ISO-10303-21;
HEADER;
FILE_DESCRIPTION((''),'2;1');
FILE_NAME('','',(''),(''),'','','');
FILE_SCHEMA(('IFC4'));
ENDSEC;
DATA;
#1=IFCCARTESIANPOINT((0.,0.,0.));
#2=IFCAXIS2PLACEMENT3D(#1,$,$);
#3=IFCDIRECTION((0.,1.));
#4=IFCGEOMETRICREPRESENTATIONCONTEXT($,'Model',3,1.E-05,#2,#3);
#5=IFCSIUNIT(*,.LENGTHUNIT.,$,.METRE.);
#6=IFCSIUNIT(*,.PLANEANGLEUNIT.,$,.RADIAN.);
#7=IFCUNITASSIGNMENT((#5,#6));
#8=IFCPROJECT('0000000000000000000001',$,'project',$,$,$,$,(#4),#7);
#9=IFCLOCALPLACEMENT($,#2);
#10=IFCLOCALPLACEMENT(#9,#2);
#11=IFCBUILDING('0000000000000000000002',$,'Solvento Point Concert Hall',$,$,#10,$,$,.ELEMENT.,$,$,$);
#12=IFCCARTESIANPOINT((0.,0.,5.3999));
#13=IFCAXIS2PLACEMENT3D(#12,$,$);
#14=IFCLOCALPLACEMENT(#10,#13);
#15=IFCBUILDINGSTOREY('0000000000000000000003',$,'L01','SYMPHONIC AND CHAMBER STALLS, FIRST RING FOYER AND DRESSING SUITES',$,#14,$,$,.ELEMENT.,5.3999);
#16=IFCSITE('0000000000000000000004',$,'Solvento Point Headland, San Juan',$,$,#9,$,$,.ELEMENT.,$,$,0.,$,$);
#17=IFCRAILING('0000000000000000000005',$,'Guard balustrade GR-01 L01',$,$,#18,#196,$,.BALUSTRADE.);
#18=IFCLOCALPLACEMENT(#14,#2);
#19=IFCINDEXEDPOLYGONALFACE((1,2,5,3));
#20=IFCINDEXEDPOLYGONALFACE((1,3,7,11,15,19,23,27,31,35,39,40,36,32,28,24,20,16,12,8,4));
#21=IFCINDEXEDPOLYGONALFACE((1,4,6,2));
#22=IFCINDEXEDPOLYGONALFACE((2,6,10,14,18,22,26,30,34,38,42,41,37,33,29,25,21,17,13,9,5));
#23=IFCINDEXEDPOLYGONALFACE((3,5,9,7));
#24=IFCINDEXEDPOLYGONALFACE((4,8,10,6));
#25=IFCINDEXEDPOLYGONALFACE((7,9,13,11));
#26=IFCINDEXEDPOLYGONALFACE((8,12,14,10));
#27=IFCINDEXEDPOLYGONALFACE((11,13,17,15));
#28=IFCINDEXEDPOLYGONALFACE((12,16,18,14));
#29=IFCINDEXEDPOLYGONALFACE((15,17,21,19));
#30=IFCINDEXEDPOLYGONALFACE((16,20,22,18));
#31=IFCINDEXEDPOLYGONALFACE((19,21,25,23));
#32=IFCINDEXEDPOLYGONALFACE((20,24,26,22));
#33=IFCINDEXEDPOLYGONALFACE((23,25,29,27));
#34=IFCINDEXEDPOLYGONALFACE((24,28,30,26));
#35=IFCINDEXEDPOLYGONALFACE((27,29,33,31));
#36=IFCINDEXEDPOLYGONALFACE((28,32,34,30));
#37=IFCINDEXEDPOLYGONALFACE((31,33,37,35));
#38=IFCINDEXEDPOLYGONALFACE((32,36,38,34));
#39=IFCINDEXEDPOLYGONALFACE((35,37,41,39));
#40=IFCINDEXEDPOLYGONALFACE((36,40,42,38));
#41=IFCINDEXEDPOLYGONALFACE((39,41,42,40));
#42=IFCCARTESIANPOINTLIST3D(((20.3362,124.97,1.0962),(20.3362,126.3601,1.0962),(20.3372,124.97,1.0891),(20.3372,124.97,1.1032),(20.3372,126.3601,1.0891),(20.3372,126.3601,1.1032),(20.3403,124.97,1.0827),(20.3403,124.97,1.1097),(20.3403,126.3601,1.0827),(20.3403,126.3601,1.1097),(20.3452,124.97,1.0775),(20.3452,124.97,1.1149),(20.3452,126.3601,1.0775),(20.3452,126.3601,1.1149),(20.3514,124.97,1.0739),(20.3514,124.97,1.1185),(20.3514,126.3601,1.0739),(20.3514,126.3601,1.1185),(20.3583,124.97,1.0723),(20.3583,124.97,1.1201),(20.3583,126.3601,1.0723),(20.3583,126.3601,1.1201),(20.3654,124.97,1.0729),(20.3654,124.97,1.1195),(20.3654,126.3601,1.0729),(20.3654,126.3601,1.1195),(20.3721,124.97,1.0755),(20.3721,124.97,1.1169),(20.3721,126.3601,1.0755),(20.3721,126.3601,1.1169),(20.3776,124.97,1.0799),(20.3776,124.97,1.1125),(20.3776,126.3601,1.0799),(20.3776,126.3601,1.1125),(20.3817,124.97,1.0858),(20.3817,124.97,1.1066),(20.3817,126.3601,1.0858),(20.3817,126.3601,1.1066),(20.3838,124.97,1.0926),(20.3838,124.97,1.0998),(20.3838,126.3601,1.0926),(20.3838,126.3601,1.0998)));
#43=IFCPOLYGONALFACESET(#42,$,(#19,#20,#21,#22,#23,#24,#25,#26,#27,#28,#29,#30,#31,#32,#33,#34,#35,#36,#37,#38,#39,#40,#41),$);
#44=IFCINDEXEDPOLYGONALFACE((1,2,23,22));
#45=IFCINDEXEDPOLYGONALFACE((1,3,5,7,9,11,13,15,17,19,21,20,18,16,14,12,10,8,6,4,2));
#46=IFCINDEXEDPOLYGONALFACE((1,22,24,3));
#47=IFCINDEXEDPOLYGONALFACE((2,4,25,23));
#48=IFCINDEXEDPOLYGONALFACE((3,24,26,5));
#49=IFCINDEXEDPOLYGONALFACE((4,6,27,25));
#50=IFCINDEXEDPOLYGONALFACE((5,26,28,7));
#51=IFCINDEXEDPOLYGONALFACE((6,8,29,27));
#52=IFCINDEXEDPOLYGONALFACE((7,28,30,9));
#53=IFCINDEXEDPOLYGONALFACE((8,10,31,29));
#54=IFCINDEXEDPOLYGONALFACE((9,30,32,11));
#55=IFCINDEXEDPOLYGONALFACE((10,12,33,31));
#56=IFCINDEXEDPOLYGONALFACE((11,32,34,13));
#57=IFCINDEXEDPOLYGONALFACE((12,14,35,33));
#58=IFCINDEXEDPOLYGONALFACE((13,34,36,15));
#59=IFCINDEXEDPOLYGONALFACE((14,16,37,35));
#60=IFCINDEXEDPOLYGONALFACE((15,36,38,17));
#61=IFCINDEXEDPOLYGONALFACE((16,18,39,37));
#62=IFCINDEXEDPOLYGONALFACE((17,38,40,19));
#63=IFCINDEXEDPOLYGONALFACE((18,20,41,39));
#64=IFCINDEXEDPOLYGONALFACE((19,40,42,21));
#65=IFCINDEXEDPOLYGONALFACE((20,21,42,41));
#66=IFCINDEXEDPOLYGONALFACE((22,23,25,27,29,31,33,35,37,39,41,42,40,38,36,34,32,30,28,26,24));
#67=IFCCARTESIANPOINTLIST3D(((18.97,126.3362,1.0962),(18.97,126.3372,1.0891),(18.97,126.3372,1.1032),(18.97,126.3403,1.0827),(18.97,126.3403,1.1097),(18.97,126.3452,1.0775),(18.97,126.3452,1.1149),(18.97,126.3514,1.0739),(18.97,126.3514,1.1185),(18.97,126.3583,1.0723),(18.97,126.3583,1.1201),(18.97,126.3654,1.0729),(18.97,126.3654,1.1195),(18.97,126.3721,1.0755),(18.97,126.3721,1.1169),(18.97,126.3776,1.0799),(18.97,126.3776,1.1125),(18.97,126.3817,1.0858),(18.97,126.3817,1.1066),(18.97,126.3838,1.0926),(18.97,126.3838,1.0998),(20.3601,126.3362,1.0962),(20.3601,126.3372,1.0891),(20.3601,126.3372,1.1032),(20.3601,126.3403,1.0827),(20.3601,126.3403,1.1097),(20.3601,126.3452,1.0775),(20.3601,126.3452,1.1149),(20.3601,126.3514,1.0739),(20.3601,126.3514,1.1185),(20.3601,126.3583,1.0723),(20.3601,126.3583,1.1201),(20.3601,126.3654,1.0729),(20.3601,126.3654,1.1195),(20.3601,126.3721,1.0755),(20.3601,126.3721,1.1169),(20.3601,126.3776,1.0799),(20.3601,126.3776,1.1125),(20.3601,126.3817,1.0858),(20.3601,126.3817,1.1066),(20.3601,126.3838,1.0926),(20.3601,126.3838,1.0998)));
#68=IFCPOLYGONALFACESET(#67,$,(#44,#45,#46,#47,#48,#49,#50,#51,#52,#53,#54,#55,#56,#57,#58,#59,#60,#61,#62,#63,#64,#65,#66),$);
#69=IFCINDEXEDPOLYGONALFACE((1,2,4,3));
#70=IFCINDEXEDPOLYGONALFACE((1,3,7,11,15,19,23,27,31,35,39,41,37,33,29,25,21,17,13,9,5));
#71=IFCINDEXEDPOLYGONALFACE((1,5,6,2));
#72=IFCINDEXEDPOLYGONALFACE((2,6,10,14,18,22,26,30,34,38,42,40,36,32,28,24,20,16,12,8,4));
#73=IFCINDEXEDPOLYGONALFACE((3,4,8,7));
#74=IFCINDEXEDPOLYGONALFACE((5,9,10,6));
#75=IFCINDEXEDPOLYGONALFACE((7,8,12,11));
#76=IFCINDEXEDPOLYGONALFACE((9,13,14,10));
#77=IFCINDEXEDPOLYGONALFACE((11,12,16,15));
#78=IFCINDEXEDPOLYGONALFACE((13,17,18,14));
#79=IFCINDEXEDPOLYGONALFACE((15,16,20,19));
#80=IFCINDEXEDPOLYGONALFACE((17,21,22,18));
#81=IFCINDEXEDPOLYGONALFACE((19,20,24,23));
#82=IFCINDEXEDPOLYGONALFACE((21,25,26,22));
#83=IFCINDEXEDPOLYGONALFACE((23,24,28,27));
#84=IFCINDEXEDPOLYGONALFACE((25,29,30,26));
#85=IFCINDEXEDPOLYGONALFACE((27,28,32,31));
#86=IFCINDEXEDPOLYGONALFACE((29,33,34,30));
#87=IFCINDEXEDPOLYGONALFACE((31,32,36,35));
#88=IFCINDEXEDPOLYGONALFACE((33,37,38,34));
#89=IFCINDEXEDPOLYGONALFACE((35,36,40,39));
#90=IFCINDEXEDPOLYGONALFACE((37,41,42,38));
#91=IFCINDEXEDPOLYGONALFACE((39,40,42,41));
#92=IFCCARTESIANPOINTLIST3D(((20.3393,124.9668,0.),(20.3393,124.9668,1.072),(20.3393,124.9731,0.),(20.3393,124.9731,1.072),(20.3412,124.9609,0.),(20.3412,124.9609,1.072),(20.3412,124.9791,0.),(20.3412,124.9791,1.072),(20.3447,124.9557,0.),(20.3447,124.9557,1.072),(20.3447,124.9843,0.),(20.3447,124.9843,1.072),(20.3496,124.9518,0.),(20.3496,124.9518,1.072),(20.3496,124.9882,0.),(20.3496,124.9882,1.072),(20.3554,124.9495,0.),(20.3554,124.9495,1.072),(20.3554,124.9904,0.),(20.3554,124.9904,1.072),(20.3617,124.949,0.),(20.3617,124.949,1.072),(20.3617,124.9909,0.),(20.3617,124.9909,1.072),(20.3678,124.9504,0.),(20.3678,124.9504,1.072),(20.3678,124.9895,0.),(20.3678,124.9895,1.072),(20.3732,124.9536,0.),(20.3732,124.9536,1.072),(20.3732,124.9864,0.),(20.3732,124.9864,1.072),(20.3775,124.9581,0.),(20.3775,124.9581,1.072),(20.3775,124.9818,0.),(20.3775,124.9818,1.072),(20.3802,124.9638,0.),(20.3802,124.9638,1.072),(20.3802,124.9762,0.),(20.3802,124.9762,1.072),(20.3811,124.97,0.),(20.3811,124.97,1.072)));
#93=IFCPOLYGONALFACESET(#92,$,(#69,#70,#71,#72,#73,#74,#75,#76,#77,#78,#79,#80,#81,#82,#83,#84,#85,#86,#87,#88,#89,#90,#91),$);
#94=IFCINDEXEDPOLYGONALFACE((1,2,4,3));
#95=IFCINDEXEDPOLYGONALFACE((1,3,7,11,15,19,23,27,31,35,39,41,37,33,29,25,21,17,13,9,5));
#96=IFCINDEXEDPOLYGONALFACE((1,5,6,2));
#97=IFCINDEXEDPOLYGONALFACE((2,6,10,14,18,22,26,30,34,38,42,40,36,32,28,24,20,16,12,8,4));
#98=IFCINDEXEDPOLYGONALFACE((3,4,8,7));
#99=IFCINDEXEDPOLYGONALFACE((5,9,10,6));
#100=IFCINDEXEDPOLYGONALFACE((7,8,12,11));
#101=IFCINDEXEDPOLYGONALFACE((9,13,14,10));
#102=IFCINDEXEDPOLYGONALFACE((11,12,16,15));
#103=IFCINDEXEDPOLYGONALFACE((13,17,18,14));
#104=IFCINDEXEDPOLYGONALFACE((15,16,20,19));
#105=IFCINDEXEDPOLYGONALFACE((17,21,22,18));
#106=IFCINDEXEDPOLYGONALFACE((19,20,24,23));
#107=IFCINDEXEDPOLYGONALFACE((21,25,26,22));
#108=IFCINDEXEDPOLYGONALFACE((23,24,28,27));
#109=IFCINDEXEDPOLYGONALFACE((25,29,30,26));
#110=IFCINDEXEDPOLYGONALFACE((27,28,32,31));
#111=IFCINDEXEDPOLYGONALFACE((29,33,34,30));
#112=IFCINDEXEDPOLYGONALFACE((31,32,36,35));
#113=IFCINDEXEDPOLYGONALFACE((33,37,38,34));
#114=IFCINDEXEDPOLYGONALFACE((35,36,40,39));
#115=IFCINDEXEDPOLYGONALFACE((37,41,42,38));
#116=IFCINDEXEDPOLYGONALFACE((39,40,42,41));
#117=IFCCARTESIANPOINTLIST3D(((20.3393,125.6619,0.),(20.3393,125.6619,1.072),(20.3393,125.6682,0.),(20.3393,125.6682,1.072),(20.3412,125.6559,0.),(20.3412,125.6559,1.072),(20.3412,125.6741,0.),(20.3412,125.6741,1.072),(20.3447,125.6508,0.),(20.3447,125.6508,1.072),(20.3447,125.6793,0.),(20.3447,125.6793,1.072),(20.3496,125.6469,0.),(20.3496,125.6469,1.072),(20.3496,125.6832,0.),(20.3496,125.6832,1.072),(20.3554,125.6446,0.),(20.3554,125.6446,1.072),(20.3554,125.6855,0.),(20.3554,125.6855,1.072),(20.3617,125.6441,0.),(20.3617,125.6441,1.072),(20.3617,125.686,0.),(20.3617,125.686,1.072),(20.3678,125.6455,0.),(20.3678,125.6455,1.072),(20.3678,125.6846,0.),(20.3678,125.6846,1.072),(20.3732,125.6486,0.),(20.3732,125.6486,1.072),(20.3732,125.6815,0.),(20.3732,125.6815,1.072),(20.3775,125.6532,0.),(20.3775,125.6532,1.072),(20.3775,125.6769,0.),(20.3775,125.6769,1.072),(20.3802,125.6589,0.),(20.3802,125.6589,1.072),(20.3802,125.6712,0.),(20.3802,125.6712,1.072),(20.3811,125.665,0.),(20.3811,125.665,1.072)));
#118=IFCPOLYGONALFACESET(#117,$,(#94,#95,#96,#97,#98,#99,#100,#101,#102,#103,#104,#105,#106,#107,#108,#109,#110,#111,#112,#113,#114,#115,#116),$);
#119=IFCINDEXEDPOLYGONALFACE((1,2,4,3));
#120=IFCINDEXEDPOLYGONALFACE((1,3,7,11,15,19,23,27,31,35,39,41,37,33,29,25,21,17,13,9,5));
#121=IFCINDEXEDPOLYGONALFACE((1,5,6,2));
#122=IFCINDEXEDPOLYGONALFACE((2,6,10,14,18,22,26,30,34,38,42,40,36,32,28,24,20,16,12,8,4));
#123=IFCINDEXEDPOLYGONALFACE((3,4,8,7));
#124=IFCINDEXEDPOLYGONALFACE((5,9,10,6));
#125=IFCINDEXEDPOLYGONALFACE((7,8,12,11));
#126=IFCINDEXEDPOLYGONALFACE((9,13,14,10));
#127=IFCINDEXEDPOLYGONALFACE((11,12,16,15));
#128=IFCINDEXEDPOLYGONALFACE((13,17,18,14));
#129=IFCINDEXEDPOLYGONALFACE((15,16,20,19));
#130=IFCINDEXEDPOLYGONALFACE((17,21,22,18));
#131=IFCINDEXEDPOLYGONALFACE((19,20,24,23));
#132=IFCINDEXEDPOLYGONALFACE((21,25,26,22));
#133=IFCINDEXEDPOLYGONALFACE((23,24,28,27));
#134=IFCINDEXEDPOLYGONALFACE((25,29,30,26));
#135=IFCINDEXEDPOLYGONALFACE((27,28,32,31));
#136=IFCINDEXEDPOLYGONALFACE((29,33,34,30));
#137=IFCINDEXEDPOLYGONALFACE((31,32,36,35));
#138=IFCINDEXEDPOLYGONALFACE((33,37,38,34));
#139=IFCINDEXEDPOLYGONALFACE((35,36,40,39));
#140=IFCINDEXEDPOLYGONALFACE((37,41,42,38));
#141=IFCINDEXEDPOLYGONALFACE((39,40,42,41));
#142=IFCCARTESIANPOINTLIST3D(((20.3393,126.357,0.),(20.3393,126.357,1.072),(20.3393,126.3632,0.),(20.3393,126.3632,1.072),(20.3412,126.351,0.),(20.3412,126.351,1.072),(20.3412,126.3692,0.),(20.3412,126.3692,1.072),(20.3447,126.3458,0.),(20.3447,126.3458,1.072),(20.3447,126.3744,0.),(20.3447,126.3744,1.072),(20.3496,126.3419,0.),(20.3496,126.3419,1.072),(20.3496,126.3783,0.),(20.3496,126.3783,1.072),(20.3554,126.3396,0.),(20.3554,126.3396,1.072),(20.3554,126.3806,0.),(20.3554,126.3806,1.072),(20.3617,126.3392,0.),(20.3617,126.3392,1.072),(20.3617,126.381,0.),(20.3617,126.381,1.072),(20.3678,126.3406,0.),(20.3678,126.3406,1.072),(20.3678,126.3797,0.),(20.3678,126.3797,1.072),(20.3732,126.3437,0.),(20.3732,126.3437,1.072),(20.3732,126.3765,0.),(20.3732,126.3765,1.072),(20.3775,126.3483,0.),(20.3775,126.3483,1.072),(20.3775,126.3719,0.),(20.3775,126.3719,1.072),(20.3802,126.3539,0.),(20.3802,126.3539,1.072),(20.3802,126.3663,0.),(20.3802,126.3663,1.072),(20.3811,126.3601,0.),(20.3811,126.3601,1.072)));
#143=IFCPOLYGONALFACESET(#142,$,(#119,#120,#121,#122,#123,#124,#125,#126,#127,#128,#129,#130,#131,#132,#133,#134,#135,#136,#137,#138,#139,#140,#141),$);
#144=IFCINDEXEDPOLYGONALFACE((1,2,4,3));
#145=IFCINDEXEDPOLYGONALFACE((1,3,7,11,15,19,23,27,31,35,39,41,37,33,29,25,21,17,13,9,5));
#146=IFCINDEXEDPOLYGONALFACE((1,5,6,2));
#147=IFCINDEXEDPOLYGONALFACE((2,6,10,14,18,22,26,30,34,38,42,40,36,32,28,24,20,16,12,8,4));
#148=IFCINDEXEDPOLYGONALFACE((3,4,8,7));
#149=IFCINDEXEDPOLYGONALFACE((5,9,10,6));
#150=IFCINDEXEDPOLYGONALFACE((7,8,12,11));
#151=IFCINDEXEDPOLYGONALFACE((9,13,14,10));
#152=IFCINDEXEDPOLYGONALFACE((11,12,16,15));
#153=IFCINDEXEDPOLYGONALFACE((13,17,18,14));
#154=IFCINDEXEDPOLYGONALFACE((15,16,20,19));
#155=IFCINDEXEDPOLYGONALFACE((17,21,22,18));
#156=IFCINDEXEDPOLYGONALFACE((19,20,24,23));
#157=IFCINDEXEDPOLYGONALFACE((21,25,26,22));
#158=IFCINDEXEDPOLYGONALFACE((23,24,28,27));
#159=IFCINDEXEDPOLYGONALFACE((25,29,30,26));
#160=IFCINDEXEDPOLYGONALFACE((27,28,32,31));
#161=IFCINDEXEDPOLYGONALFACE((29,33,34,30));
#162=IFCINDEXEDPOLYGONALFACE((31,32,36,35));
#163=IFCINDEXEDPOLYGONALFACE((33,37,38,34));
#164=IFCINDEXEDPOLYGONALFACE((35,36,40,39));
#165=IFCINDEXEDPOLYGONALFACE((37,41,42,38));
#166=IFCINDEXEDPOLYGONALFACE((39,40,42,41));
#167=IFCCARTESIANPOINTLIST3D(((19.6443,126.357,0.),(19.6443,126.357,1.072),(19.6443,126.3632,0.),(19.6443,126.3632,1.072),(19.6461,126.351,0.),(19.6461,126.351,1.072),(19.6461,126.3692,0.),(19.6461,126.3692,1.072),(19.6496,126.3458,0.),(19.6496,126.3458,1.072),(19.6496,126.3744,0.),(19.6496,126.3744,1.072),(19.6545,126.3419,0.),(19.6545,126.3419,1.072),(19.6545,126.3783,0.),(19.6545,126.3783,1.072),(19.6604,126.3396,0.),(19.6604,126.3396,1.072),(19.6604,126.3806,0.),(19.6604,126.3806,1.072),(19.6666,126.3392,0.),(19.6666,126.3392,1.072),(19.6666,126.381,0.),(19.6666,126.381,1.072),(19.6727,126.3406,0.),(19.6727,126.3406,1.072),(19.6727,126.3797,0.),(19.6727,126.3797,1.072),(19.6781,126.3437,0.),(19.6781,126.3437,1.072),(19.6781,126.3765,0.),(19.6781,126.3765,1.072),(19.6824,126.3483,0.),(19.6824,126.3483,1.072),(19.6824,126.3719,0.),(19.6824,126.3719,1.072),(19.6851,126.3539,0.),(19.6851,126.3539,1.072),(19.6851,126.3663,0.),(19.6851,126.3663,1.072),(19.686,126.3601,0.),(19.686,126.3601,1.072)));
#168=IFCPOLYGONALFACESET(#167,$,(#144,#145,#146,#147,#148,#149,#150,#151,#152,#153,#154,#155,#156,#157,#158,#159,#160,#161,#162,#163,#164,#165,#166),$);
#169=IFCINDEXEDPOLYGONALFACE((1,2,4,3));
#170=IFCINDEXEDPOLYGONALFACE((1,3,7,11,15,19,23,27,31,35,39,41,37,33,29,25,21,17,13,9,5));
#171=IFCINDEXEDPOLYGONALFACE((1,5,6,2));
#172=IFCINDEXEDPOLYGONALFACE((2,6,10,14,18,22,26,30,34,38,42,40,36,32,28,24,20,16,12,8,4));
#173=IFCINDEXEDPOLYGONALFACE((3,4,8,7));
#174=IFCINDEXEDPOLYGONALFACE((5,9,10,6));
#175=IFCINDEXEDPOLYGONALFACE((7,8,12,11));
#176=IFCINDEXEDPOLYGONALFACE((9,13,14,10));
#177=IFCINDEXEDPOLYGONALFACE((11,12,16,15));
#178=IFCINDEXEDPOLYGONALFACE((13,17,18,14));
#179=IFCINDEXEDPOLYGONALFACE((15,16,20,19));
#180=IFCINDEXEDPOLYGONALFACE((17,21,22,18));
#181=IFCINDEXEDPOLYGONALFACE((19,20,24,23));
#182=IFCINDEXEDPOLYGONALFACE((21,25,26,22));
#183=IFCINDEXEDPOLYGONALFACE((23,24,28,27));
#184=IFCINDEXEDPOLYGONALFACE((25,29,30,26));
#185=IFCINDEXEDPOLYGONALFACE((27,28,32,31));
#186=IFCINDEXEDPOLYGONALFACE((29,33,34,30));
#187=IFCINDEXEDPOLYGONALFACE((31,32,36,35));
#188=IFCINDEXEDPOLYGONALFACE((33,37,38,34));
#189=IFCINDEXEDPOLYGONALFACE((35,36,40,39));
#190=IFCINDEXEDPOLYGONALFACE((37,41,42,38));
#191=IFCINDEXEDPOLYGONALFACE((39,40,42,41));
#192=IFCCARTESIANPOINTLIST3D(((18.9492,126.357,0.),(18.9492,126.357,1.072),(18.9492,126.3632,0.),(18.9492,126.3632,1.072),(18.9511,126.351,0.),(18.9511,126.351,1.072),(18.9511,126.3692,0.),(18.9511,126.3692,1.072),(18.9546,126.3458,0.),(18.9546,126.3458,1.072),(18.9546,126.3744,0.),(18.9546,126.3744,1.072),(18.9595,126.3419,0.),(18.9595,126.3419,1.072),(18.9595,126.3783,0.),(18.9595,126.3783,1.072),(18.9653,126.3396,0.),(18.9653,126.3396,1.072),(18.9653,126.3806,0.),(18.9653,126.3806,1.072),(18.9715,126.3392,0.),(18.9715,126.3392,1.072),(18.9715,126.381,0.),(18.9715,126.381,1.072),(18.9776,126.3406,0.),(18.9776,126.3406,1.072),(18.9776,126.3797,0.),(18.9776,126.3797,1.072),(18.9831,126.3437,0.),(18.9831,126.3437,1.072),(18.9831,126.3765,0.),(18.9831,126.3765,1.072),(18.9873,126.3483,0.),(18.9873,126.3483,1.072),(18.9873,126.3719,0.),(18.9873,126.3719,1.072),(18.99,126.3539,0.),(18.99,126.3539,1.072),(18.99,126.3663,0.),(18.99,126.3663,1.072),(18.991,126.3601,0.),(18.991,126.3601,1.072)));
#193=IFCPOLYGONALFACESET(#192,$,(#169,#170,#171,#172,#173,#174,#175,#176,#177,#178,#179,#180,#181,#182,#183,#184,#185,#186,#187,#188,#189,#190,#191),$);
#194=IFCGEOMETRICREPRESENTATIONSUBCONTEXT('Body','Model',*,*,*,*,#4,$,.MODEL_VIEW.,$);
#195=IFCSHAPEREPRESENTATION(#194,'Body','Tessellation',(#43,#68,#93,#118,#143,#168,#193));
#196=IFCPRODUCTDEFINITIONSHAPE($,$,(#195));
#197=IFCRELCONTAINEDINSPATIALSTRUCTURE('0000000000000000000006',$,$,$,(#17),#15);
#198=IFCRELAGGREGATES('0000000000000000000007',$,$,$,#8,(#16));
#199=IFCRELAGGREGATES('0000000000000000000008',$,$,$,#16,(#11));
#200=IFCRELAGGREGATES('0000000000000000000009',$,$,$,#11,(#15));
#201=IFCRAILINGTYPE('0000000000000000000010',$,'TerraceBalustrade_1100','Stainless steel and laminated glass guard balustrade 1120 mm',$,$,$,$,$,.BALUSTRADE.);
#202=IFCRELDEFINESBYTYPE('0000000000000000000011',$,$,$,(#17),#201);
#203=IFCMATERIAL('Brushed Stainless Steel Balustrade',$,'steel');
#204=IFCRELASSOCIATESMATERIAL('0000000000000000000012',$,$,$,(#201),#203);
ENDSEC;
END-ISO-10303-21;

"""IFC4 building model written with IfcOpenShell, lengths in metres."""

from ifc_helpers import new_model, si_unit, direction, frame, origin, origin_2d, place, context, subcontext, project, spatial, circle, extrude, material, type_object, element, save


model = new_model("IFC4")

# Units and contexts
model_context = context("Model", 3, precision=1e-05, world=origin(), true_north=direction((0.0, 1.0)))
body_context = subcontext(model_context, "Body", "Model", "MODEL_VIEW")
ifc_project = project(units=[si_unit("LENGTHUNIT", "METRE"), si_unit("PLANEANGLEUNIT", "RADIAN")], contexts=[model_context])

# Site, building, storey
site_placement = place(None, origin())
site = spatial("IfcSite", under=ifc_project, at=site_placement, Name="Solvento Point Headland, San Juan", CompositionType="ELEMENT", RefElevation=0.0)
building_placement = place(site_placement, origin())
building = spatial("IfcBuilding", under=site, at=building_placement, Name="Solvento Point Concert Hall", CompositionType="ELEMENT")
storey_placement = place(building_placement, frame((0.0, 0.0, 5.3999)))
storey = spatial("IfcBuildingStorey", under=building, at=storey_placement, Name="L01", Description="SYMPHONIC AND CHAMBER STALLS, FIRST RING FOYER AND DRESSING SUITES", CompositionType="ELEMENT", Elevation=5.3999)

# Railing
ifc_material_1 = material(Name="Brushed Stainless Steel Balustrade", Category="steel")
railing_type = type_object("IfcRailingType", Name="TerraceBalustrade_1100", Description="Stainless steel and laminated glass guard balustrade 1120 mm", PredefinedType="BALUSTRADE", material=ifc_material_1)
railing_placement = place(storey_placement, frame((20.3601, 124.97, 0.0)))
element("IfcRailing", 1, at=railing_placement, inside=storey, type_object=railing_type, Name="Guard balustrade GR-01 L01", PredefinedType="BALUSTRADE", context=body_context, shape_type="SweptSolid", body=[
    extrude(circle(Radius=0.0239, at=origin_2d()), frame((0.0, 0.0, 1.0962), z_axis=(0.0, 1.0, 0.0), x_axis=(-1.0, 0.0, 0.0)), (0.0, 0.0, 1.0), 1.3901),
    extrude(circle(Radius=0.0239, at=origin_2d()), frame((0.0, 1.3901, 1.0962), z_axis=(-1.0, 0.0, 0.0), x_axis=(0.0, -1.0, 0.0)), (0.0, 0.0, 1.0), 1.3901),
    extrude(circle(Radius=0.021, at=origin_2d()), origin(), (0.0, 0.0, 1.0), 1.072),
    extrude(circle(Radius=0.021, at=origin_2d()), frame((0.0, 0.6951, 0.0)), (0.0, 0.0, 1.0), 1.072),
    extrude(circle(Radius=0.021, at=origin_2d()), frame((0.0, 1.3901, 0.0)), (0.0, 0.0, 1.0), 1.072),
    extrude(circle(Radius=0.021, at=origin_2d()), frame((-0.6951, 1.3901, 0.0)), (0.0, 0.0, 1.0), 1.072),
    extrude(circle(Radius=0.021, at=origin_2d()), frame((-1.3901, 1.3901, 0.0)), (0.0, 0.0, 1.0), 1.072),
])

save(model, "model.ifc")
